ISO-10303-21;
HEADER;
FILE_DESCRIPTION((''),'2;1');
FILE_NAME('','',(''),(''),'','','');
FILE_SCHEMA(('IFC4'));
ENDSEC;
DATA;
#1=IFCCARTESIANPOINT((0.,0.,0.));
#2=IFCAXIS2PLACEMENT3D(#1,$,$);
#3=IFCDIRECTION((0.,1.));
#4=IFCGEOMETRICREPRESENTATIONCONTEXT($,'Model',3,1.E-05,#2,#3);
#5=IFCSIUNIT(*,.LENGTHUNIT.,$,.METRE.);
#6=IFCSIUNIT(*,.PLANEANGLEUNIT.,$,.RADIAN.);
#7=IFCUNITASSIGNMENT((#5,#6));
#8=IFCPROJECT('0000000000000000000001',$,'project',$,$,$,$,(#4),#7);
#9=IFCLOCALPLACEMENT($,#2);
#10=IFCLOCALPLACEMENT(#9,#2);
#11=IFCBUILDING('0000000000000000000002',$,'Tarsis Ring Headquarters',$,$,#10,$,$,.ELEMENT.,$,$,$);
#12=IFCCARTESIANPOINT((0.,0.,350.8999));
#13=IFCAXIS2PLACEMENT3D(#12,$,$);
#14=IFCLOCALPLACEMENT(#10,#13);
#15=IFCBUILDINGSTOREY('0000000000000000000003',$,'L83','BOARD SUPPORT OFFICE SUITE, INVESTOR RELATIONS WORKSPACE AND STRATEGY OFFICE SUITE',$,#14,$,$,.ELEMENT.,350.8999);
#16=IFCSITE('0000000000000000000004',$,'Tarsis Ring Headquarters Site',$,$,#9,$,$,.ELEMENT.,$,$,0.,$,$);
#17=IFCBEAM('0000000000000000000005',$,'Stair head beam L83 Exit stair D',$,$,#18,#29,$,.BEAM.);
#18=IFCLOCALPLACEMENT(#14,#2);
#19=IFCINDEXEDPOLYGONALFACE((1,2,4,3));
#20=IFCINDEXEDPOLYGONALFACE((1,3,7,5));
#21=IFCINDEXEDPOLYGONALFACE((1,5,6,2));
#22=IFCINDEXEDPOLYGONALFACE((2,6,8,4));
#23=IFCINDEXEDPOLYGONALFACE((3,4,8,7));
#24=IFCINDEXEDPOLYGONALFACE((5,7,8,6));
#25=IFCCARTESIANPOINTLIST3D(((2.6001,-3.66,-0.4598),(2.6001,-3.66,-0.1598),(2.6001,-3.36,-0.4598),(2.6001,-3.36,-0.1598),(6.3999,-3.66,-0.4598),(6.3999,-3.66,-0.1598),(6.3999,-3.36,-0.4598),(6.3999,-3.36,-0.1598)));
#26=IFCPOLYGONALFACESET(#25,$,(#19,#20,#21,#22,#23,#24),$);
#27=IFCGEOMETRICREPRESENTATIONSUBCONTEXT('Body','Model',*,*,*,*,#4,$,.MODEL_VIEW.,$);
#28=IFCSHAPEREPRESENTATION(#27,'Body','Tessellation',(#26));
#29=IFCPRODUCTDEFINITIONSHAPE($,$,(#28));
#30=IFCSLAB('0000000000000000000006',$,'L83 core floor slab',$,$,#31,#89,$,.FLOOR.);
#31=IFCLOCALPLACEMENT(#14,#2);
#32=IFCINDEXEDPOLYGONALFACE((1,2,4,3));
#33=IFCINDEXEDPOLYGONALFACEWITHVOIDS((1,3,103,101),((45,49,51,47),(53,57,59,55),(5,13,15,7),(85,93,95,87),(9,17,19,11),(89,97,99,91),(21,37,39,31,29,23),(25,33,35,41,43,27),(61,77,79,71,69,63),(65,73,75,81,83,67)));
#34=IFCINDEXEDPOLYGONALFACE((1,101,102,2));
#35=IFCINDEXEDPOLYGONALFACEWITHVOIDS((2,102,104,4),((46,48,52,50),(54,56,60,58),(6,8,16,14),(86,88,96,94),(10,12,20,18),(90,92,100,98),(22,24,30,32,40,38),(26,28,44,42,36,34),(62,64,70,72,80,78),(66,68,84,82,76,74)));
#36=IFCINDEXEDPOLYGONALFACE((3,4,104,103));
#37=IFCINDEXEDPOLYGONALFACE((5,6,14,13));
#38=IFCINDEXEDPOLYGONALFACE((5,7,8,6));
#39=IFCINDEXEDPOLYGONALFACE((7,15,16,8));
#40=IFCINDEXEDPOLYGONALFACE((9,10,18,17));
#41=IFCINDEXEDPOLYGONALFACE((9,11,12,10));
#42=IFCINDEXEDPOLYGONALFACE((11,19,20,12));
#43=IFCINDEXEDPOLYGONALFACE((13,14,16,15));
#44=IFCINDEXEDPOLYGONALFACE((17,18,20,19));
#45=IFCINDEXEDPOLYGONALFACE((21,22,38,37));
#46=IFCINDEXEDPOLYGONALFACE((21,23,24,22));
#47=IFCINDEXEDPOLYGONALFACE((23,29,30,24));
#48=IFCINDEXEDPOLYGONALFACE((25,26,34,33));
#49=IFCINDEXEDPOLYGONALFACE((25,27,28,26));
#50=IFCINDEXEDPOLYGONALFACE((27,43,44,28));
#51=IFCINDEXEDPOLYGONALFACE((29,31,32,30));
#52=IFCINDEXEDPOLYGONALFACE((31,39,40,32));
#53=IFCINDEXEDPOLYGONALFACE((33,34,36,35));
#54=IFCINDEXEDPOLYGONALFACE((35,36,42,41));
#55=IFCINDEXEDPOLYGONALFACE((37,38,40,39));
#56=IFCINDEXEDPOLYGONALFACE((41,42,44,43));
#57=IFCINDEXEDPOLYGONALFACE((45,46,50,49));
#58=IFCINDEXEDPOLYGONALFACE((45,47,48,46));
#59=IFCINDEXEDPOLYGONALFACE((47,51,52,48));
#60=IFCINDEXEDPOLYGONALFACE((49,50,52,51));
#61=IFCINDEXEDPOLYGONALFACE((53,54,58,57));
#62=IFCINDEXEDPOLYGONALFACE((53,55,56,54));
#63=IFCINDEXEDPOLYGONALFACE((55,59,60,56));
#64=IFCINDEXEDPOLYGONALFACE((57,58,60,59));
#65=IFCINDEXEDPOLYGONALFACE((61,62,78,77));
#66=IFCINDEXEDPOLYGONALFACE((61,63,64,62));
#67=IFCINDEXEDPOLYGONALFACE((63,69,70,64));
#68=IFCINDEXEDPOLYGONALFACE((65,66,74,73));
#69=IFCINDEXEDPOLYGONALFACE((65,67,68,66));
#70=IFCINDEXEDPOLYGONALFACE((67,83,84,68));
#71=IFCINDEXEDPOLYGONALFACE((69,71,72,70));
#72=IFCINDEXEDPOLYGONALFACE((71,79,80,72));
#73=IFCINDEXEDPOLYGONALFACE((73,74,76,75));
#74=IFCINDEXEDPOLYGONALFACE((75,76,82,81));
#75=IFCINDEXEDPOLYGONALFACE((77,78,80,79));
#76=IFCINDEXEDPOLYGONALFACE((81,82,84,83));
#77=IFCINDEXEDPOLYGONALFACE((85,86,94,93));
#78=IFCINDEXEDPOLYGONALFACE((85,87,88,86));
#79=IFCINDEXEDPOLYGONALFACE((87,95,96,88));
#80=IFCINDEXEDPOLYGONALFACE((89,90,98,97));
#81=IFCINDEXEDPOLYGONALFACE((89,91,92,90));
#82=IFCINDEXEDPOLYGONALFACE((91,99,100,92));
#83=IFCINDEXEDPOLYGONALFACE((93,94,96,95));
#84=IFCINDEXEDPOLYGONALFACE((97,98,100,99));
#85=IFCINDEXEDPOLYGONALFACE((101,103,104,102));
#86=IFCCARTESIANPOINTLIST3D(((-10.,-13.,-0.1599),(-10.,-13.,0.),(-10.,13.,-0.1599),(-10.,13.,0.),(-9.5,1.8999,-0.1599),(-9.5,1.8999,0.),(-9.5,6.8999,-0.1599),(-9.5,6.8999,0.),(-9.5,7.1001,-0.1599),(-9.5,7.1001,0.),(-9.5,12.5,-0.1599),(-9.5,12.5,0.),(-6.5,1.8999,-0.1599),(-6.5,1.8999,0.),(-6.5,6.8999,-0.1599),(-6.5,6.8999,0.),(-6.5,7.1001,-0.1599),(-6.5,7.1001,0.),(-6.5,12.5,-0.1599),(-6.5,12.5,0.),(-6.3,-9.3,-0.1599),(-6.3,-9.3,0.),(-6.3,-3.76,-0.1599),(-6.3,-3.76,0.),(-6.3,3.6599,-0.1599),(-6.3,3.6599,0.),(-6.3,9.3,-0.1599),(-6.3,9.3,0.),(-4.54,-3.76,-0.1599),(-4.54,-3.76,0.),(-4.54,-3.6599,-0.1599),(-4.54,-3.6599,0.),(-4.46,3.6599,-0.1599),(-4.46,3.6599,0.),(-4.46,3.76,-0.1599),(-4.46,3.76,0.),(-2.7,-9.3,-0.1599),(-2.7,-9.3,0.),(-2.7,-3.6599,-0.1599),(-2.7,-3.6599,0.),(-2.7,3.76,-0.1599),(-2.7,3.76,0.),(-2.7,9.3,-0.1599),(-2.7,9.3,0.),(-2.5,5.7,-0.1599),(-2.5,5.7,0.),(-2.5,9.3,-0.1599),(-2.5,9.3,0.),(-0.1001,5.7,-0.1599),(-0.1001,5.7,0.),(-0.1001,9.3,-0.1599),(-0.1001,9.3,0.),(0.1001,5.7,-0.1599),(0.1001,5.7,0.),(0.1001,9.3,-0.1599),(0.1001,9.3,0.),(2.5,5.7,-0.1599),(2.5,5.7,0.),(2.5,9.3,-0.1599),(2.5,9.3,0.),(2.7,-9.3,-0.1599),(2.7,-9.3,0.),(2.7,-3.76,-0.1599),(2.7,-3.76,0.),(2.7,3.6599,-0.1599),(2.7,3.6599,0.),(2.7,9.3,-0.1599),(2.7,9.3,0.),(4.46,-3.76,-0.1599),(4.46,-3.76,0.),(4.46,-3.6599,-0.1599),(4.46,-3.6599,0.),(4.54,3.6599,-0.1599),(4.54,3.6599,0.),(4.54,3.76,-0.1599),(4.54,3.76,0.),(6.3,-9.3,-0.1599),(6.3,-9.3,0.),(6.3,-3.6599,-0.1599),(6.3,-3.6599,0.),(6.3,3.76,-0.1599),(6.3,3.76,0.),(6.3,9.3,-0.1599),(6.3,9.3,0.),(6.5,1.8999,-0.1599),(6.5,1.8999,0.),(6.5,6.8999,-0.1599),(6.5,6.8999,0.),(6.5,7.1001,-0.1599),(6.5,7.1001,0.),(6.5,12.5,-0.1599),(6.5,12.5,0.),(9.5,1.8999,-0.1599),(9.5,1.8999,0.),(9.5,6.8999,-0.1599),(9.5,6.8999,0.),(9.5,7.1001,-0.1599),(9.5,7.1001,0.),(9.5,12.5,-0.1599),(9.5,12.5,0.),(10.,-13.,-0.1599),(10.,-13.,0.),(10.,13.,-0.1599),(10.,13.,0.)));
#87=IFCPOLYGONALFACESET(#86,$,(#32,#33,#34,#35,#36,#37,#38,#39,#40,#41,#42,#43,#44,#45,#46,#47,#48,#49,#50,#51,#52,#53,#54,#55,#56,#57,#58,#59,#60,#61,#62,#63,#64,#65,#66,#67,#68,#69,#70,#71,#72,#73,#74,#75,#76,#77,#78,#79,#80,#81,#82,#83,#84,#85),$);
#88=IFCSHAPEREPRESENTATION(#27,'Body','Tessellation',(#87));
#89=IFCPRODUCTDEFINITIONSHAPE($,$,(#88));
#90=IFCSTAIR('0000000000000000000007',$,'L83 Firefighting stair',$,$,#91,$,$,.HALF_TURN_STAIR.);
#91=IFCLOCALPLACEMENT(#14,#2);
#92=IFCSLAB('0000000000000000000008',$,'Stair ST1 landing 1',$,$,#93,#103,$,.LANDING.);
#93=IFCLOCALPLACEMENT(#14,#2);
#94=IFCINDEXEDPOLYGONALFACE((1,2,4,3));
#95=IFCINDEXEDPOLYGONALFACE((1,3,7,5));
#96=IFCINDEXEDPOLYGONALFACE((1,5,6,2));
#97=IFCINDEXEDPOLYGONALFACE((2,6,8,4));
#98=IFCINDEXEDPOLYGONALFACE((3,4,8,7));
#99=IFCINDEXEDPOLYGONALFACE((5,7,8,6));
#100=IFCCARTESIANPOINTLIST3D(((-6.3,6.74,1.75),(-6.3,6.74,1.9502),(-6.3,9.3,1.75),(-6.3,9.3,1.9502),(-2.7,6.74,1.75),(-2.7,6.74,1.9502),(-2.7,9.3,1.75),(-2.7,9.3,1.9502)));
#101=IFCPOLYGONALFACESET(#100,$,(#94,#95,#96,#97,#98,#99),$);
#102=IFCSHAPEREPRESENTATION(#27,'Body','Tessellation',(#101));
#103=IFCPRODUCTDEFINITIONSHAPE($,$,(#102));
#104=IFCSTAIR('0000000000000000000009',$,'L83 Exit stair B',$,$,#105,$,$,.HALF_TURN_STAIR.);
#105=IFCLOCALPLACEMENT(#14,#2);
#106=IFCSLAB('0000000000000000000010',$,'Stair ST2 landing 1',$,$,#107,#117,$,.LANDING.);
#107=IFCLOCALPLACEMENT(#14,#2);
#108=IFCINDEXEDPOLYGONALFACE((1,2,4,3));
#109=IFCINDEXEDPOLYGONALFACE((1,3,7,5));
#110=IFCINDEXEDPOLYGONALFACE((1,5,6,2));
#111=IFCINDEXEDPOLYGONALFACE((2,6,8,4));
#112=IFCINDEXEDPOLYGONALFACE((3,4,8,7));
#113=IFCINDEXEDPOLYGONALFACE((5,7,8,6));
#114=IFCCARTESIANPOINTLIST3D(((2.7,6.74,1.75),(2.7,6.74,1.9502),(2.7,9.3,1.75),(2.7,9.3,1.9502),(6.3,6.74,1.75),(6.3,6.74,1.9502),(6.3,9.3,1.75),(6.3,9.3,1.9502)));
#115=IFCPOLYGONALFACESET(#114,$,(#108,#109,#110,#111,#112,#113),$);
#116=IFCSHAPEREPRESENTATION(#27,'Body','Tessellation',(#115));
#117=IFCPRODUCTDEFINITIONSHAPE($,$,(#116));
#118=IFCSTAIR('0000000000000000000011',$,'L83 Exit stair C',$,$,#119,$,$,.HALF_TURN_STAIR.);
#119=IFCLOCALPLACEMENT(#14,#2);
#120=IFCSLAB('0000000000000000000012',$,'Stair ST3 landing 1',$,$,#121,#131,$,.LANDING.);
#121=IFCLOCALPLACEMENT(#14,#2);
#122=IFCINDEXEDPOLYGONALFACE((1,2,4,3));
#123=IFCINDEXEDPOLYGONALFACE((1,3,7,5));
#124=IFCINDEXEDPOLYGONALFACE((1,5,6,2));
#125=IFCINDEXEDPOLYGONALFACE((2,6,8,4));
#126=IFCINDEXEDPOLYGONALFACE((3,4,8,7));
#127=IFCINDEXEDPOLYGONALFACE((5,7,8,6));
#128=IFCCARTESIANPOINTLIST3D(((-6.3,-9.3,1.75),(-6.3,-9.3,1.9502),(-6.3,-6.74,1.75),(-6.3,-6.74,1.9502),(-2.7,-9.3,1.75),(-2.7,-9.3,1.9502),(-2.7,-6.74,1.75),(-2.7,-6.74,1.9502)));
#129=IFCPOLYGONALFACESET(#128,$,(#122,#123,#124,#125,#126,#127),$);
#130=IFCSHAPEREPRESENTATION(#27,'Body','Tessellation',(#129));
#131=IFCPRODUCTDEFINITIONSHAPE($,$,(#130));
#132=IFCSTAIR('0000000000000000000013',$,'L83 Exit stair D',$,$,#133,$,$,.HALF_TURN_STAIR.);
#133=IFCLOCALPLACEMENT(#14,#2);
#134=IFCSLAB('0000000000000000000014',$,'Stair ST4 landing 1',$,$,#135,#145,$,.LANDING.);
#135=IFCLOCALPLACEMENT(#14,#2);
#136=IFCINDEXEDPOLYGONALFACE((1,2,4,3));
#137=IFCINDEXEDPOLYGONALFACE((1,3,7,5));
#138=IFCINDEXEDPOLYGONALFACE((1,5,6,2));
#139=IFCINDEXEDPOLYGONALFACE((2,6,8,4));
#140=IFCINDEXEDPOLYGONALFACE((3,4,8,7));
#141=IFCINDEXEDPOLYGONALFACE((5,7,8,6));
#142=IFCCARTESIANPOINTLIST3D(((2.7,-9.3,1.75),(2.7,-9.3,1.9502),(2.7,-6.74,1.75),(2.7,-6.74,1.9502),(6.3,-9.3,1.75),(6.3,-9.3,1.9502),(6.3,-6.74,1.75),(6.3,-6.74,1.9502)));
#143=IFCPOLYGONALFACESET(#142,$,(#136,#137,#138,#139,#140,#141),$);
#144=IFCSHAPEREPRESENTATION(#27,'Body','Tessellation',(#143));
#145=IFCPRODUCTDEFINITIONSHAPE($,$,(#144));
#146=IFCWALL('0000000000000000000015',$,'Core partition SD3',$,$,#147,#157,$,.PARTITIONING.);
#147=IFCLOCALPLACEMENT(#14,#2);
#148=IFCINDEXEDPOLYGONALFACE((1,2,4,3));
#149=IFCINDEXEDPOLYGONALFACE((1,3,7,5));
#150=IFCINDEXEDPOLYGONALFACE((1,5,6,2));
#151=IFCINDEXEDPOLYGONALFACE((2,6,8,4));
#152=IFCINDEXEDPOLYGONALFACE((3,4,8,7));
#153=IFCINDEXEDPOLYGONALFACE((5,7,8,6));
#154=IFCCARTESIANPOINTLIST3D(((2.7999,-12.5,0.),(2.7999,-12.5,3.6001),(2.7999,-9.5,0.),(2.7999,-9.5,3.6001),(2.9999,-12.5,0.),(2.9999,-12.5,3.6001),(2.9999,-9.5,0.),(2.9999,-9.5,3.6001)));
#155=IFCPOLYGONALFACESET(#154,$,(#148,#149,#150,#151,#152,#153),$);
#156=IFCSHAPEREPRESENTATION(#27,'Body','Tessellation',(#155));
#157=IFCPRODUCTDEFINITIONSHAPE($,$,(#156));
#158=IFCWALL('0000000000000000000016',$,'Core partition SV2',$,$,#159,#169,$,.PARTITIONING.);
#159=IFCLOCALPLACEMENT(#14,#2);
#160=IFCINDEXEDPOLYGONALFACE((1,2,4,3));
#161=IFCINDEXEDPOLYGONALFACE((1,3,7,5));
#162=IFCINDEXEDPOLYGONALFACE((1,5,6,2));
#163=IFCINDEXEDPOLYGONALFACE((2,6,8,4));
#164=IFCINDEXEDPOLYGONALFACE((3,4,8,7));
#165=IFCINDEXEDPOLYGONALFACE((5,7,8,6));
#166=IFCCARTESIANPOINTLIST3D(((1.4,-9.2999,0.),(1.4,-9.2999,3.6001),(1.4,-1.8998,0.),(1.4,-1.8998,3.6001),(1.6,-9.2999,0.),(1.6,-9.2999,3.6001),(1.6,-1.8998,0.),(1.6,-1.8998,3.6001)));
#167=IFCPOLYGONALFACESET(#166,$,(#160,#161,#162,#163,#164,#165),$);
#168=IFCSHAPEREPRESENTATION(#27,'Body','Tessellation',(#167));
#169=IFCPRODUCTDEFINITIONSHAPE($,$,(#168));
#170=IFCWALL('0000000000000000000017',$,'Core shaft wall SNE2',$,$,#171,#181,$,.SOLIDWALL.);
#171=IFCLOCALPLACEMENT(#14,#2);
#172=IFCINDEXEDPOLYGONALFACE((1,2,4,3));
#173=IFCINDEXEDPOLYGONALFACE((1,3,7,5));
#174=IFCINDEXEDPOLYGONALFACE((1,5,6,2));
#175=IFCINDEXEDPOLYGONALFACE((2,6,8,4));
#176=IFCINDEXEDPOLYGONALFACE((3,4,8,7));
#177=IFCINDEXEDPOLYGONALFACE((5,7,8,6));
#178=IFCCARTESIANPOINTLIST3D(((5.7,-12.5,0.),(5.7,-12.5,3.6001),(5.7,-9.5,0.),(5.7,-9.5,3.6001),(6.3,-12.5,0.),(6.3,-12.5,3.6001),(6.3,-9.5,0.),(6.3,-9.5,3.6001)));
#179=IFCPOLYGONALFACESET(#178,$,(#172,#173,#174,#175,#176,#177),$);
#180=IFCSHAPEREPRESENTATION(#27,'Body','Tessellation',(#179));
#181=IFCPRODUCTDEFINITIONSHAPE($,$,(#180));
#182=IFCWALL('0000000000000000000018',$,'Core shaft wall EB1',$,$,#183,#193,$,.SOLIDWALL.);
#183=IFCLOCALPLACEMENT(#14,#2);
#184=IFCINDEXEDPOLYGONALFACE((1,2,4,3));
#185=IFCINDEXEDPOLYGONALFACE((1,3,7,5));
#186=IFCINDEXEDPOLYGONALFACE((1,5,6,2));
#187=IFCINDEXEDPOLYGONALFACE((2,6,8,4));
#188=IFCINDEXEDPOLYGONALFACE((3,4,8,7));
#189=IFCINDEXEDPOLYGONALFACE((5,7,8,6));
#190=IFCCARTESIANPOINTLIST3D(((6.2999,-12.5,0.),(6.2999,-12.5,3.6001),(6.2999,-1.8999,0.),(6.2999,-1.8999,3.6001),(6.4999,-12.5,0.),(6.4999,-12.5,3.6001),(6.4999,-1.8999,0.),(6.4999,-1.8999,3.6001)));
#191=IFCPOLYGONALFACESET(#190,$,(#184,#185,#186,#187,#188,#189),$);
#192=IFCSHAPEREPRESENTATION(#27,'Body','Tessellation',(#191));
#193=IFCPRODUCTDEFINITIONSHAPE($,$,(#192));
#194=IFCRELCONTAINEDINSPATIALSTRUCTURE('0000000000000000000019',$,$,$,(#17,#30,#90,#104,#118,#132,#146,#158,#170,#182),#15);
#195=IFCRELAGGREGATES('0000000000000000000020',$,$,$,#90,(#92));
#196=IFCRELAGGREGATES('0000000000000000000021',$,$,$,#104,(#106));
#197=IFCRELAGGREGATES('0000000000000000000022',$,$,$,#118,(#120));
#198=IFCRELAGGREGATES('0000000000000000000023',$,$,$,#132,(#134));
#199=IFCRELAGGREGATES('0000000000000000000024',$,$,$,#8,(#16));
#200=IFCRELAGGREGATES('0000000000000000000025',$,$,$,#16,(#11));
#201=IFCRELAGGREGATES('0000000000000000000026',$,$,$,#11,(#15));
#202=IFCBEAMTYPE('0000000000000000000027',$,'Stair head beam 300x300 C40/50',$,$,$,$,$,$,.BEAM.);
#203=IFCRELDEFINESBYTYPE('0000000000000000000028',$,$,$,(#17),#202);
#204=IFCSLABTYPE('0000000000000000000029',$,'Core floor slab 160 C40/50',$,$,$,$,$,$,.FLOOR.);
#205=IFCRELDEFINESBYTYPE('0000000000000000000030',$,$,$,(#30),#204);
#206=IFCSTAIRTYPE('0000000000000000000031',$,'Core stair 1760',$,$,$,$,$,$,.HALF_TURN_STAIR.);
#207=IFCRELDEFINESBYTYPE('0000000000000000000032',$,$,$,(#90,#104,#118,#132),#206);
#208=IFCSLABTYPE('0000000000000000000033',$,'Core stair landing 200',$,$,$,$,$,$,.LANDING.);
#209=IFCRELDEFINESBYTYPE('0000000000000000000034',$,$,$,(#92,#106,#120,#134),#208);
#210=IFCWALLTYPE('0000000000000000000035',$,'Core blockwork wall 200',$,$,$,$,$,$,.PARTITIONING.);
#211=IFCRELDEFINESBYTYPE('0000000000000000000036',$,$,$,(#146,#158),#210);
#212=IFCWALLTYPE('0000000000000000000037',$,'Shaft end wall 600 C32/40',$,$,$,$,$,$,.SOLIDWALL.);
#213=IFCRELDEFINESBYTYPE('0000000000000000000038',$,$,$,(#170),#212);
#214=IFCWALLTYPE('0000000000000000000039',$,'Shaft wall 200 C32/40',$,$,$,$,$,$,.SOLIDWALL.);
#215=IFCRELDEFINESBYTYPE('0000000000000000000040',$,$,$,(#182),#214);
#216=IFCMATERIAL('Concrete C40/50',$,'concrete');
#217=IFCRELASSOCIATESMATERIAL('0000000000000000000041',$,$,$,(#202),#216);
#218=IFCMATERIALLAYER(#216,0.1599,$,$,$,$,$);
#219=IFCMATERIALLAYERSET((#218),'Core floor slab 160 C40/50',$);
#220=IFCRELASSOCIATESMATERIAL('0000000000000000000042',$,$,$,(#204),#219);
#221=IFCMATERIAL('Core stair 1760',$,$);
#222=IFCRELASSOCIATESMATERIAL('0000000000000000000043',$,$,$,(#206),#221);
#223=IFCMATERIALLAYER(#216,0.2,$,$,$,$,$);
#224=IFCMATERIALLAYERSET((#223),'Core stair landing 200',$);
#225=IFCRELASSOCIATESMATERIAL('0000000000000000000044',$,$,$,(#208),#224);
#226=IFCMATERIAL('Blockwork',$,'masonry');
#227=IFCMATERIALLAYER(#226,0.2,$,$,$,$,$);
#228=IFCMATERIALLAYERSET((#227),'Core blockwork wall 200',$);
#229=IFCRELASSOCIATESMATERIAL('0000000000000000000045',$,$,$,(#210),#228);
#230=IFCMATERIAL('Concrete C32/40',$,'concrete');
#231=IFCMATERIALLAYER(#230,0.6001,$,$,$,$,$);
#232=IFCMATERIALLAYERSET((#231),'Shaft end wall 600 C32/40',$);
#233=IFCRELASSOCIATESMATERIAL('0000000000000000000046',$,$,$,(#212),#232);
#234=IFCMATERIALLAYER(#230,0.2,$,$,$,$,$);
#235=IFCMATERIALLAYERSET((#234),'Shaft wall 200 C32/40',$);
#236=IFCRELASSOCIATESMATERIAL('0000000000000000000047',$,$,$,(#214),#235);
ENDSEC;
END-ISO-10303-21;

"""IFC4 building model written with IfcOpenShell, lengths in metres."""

from ifc_helpers import new_model, si_unit, direction, frame, frame_2d, origin, origin_2d, place, context, subcontext, project, spatial, polyline, rectangle, outline, extrude, material, layer, layer_set, material_profile, profile_set, type_object, element, aggregate, save


model = new_model("IFC4")

# Units and contexts
model_context = context("Model", 3, precision=1e-05, world=origin(), true_north=direction((0.0, 1.0)))
body_context = subcontext(model_context, "Body", "Model", "MODEL_VIEW")
ifc_project = project(units=[si_unit("LENGTHUNIT", "METRE"), si_unit("PLANEANGLEUNIT", "RADIAN")], contexts=[model_context])

# Site, building, storey
site_placement = place(None, origin())
site = spatial("IfcSite", under=ifc_project, at=site_placement, Name="Tarsis Ring Headquarters Site", CompositionType="ELEMENT", RefElevation=0.0)
building_placement = place(site_placement, origin())
building = spatial("IfcBuilding", under=site, at=building_placement, Name="Tarsis Ring Headquarters", CompositionType="ELEMENT")
storey_placement = place(building_placement, frame((0.0, 0.0, 350.8999)))
storey = spatial("IfcBuildingStorey", under=building, at=storey_placement, Name="L83", Description="BOARD SUPPORT OFFICE SUITE, INVESTOR RELATIONS WORKSPACE AND STRATEGY OFFICE SUITE", CompositionType="ELEMENT", Elevation=350.8999)

# Beam
ifc_material_1 = material(Name="Concrete C40/50", Category="concrete")
ifc_material_profile = material_profile(ifc_material_1, rectangle(XDim=0.3, YDim=0.3, at=origin_2d()), Name="Stair head beam 300x300 C40/50")
ifc_profile_set = profile_set([ifc_material_profile], Name="Concrete C40/50")
beam_type = type_object("IfcBeamType", Name="Stair head beam 300x300 C40/50", PredefinedType="BEAM", material=ifc_profile_set)
beam_placement = place(storey_placement, frame((2.6001, -3.51, -0.3098), z_axis=(1.0, 0.0, 0.0), x_axis=(0.0, 1.0, 0.0)))
element("IfcBeam", 1, at=beam_placement, inside=storey, type_object=beam_type, Name="Stair head beam L83 Exit stair D", PredefinedType="BEAM", context=body_context, shape_type="SweptSolid", body=[
    extrude(rectangle(XDim=0.3, YDim=0.3, at=origin_2d()), origin(), (0.0, 0.0, 1.0), 3.7998),
])

# Slab
ifc_layer_1 = layer(ifc_material_1, 0.1599)
ifc_layer_set_1 = layer_set([ifc_layer_1], Name="Core floor slab 160 C40/50")
slab_type_1 = type_object("IfcSlabType", Name="Core floor slab 160 C40/50", PredefinedType="FLOOR", material=ifc_layer_set_1)
slab_1_placement = place(storey_placement, frame((0.0, 0.0, -0.1599)))
element("IfcSlab", 2, at=slab_1_placement, inside=storey, type_object=slab_type_1, Name="L83 core floor slab", PredefinedType="FLOOR", context=body_context, shape_type="SweptSolid", body=[
    extrude(outline(polyline([(-10.0, -13.0), (10.0, -13.0), (10.0, 13.0), (-10.0, 13.0), (-10.0, -13.0)]), holes=[polyline([(-2.5, 5.7), (-0.1001, 5.7), (-0.1001, 9.3), (-2.5, 9.3), (-2.5, 5.7)]), polyline([(0.1001, 5.7), (2.5, 5.7), (2.5, 9.3), (0.1001, 9.3), (0.1001, 5.7)]), polyline([(-9.5, 1.8999), (-6.5, 1.8999), (-6.5, 6.8999), (-9.5, 6.8999), (-9.5, 1.8999)]), polyline([(-9.5, 7.1001), (-6.5, 7.1001), (-6.5, 12.5), (-9.5, 12.5), (-9.5, 7.1001)]), polyline([(6.5, 1.8999), (9.5, 1.8999), (9.5, 6.8999), (6.5, 6.8999), (6.5, 1.8999)]), polyline([(6.5, 7.1001), (9.5, 7.1001), (9.5, 12.5), (6.5, 12.5), (6.5, 7.1001)]), polyline([(-2.7, 3.76), (-2.7, 9.3), (-6.3, 9.3), (-6.3, 3.6599), (-4.46, 3.6599), (-4.46, 3.76), (-2.7, 3.76)]), polyline([(6.3, 3.76), (6.3, 9.3), (2.7, 9.3), (2.7, 3.6599), (4.54, 3.6599), (4.54, 3.76), (6.3, 3.76)]), polyline([(-6.3, -3.76), (-6.3, -9.3), (-2.7, -9.3), (-2.7, -3.6599), (-4.54, -3.6599), (-4.54, -3.76), (-6.3, -3.76)]), polyline([(2.7, -3.76), (2.7, -9.3), (6.3, -9.3), (6.3, -3.6599), (4.46, -3.6599), (4.46, -3.76), (2.7, -3.76)])]), origin(), (0.0, 0.0, 1.0), 0.1599),
])

# Stairs, slabs
ifc_material_2 = material(Name="Core stair 1760")
stair_type = type_object("IfcStairType", Name="Core stair 1760", PredefinedType="HALF_TURN_STAIR", material=ifc_material_2)
stair_1_placement = place(storey_placement, origin())
stair_1 = element("IfcStair", 3, at=stair_1_placement, inside=storey, type_object=stair_type, Name="L83 Firefighting stair", PredefinedType="HALF_TURN_STAIR")
ifc_layer_2 = layer(ifc_material_1, 0.2)
ifc_layer_set_2 = layer_set([ifc_layer_2], Name="Core stair landing 200")
slab_type_2 = type_object("IfcSlabType", Name="Core stair landing 200", PredefinedType="LANDING", material=ifc_layer_set_2)
slab_2_placement = place(storey_placement, frame((0.0, 0.0, 1.75)))
slab_2 = element("IfcSlab", 4, at=slab_2_placement, type_object=slab_type_2, Name="Stair ST1 landing 1", PredefinedType="LANDING", context=body_context, shape_type="SweptSolid", body=[
    extrude(outline(polyline([(-2.7, 6.74), (-2.7, 9.3), (-6.3, 9.3), (-6.3, 6.74), (-2.7, 6.74)])), origin(), (0.0, 0.0, 1.0), 0.2002),
])
aggregate(stair_1, [slab_2])
stair_2_placement = place(storey_placement, origin())
stair_2 = element("IfcStair", 5, at=stair_2_placement, inside=storey, type_object=stair_type, Name="L83 Exit stair B", PredefinedType="HALF_TURN_STAIR")
slab_3_placement = place(storey_placement, frame((0.0, 0.0, 1.75)))
slab_3 = element("IfcSlab", 6, at=slab_3_placement, type_object=slab_type_2, Name="Stair ST2 landing 1", PredefinedType="LANDING", context=body_context, shape_type="SweptSolid", body=[
    extrude(outline(polyline([(6.3, 6.74), (6.3, 9.3), (2.7, 9.3), (2.7, 6.74), (6.3, 6.74)])), origin(), (0.0, 0.0, 1.0), 0.2002),
])
aggregate(stair_2, [slab_3])
stair_3_placement = place(storey_placement, origin())
stair_3 = element("IfcStair", 7, at=stair_3_placement, inside=storey, type_object=stair_type, Name="L83 Exit stair C", PredefinedType="HALF_TURN_STAIR")
slab_4_placement = place(storey_placement, frame((0.0, 0.0, 1.75)))
slab_4 = element("IfcSlab", 8, at=slab_4_placement, type_object=slab_type_2, Name="Stair ST3 landing 1", PredefinedType="LANDING", context=body_context, shape_type="SweptSolid", body=[
    extrude(outline(polyline([(-6.3, -6.74), (-6.3, -9.3), (-2.7, -9.3), (-2.7, -6.74), (-6.3, -6.74)])), origin(), (0.0, 0.0, 1.0), 0.2002),
])
aggregate(stair_3, [slab_4])
stair_4_placement = place(storey_placement, origin())
stair_4 = element("IfcStair", 9, at=stair_4_placement, inside=storey, type_object=stair_type, Name="L83 Exit stair D", PredefinedType="HALF_TURN_STAIR")
slab_5_placement = place(storey_placement, frame((0.0, 0.0, 1.75)))
slab_5 = element("IfcSlab", 10, at=slab_5_placement, type_object=slab_type_2, Name="Stair ST4 landing 1", PredefinedType="LANDING", context=body_context, shape_type="SweptSolid", body=[
    extrude(outline(polyline([(2.7, -6.74), (2.7, -9.3), (6.3, -9.3), (6.3, -6.74), (2.7, -6.74)])), origin(), (0.0, 0.0, 1.0), 0.2002),
])
aggregate(stair_4, [slab_5])

# Walls
ifc_material_3 = material(Name="Blockwork", Category="masonry")
ifc_layer_3 = layer(ifc_material_3, 0.2)
ifc_layer_set_3 = layer_set([ifc_layer_3], Name="Core blockwork wall 200")
wall_type_1 = type_object("IfcWallType", Name="Core blockwork wall 200", PredefinedType="PARTITIONING", material=ifc_layer_set_3)
wall_1_placement = place(storey_placement, frame((2.8999, -12.5, 0.0), z_axis=(0.0, 0.0, 1.0), x_axis=(0.0, 1.0, 0.0)))
element("IfcWall", 11, at=wall_1_placement, inside=storey, type_object=wall_type_1, Name="Core partition SD3", PredefinedType="PARTITIONING", context=body_context, shape_type="SweptSolid", body=[
    extrude(rectangle(XDim=3.0, YDim=0.2, at=frame_2d((1.5, 0.0))), origin(), (0.0, 0.0, 1.0), 3.6001),
])
wall_2_placement = place(storey_placement, frame((1.5, -9.3, 0.0), z_axis=(0.0, 0.0, 1.0), x_axis=(0.0, 1.0, 0.0)))
element("IfcWall", 12, at=wall_2_placement, inside=storey, type_object=wall_type_1, Name="Core partition SV2", PredefinedType="PARTITIONING", context=body_context, shape_type="SweptSolid", body=[
    extrude(rectangle(XDim=7.4001, YDim=0.2, at=frame_2d((3.7002, 0.0))), origin(), (0.0, 0.0, 1.0), 3.6001),
])
ifc_material_4 = material(Name="Concrete C32/40", Category="concrete")
ifc_layer_4 = layer(ifc_material_4, 0.6001)
ifc_layer_set_4 = layer_set([ifc_layer_4], Name="Shaft end wall 600 C32/40")
wall_type_2 = type_object("IfcWallType", Name="Shaft end wall 600 C32/40", PredefinedType="SOLIDWALL", material=ifc_layer_set_4)
wall_3_placement = place(storey_placement, frame((6.0, -12.5, 0.0), z_axis=(0.0, 0.0, 1.0), x_axis=(0.0, 1.0, 0.0)))
element("IfcWall", 13, at=wall_3_placement, inside=storey, type_object=wall_type_2, Name="Core shaft wall SNE2", PredefinedType="SOLIDWALL", context=body_context, shape_type="SweptSolid", body=[
    extrude(rectangle(XDim=3.0, YDim=0.6001, at=frame_2d((1.5, 0.0))), origin(), (0.0, 0.0, 1.0), 3.6001),
])
ifc_layer_5 = layer(ifc_material_4, 0.2)
ifc_layer_set_5 = layer_set([ifc_layer_5], Name="Shaft wall 200 C32/40")
wall_type_3 = type_object("IfcWallType", Name="Shaft wall 200 C32/40", PredefinedType="SOLIDWALL", material=ifc_layer_set_5)
wall_4_placement = place(storey_placement, frame((6.3999, -12.5, 0.0), z_axis=(0.0, 0.0, 1.0), x_axis=(0.0, 1.0, 0.0)))
element("IfcWall", 14, at=wall_4_placement, inside=storey, type_object=wall_type_3, Name="Core shaft wall EB1", PredefinedType="SOLIDWALL", context=body_context, shape_type="SweptSolid", body=[
    extrude(rectangle(XDim=10.6001, YDim=0.2, at=frame_2d((5.3, 0.0))), origin(), (0.0, 0.0, 1.0), 3.6001),
])

save(model, "model.ifc")
